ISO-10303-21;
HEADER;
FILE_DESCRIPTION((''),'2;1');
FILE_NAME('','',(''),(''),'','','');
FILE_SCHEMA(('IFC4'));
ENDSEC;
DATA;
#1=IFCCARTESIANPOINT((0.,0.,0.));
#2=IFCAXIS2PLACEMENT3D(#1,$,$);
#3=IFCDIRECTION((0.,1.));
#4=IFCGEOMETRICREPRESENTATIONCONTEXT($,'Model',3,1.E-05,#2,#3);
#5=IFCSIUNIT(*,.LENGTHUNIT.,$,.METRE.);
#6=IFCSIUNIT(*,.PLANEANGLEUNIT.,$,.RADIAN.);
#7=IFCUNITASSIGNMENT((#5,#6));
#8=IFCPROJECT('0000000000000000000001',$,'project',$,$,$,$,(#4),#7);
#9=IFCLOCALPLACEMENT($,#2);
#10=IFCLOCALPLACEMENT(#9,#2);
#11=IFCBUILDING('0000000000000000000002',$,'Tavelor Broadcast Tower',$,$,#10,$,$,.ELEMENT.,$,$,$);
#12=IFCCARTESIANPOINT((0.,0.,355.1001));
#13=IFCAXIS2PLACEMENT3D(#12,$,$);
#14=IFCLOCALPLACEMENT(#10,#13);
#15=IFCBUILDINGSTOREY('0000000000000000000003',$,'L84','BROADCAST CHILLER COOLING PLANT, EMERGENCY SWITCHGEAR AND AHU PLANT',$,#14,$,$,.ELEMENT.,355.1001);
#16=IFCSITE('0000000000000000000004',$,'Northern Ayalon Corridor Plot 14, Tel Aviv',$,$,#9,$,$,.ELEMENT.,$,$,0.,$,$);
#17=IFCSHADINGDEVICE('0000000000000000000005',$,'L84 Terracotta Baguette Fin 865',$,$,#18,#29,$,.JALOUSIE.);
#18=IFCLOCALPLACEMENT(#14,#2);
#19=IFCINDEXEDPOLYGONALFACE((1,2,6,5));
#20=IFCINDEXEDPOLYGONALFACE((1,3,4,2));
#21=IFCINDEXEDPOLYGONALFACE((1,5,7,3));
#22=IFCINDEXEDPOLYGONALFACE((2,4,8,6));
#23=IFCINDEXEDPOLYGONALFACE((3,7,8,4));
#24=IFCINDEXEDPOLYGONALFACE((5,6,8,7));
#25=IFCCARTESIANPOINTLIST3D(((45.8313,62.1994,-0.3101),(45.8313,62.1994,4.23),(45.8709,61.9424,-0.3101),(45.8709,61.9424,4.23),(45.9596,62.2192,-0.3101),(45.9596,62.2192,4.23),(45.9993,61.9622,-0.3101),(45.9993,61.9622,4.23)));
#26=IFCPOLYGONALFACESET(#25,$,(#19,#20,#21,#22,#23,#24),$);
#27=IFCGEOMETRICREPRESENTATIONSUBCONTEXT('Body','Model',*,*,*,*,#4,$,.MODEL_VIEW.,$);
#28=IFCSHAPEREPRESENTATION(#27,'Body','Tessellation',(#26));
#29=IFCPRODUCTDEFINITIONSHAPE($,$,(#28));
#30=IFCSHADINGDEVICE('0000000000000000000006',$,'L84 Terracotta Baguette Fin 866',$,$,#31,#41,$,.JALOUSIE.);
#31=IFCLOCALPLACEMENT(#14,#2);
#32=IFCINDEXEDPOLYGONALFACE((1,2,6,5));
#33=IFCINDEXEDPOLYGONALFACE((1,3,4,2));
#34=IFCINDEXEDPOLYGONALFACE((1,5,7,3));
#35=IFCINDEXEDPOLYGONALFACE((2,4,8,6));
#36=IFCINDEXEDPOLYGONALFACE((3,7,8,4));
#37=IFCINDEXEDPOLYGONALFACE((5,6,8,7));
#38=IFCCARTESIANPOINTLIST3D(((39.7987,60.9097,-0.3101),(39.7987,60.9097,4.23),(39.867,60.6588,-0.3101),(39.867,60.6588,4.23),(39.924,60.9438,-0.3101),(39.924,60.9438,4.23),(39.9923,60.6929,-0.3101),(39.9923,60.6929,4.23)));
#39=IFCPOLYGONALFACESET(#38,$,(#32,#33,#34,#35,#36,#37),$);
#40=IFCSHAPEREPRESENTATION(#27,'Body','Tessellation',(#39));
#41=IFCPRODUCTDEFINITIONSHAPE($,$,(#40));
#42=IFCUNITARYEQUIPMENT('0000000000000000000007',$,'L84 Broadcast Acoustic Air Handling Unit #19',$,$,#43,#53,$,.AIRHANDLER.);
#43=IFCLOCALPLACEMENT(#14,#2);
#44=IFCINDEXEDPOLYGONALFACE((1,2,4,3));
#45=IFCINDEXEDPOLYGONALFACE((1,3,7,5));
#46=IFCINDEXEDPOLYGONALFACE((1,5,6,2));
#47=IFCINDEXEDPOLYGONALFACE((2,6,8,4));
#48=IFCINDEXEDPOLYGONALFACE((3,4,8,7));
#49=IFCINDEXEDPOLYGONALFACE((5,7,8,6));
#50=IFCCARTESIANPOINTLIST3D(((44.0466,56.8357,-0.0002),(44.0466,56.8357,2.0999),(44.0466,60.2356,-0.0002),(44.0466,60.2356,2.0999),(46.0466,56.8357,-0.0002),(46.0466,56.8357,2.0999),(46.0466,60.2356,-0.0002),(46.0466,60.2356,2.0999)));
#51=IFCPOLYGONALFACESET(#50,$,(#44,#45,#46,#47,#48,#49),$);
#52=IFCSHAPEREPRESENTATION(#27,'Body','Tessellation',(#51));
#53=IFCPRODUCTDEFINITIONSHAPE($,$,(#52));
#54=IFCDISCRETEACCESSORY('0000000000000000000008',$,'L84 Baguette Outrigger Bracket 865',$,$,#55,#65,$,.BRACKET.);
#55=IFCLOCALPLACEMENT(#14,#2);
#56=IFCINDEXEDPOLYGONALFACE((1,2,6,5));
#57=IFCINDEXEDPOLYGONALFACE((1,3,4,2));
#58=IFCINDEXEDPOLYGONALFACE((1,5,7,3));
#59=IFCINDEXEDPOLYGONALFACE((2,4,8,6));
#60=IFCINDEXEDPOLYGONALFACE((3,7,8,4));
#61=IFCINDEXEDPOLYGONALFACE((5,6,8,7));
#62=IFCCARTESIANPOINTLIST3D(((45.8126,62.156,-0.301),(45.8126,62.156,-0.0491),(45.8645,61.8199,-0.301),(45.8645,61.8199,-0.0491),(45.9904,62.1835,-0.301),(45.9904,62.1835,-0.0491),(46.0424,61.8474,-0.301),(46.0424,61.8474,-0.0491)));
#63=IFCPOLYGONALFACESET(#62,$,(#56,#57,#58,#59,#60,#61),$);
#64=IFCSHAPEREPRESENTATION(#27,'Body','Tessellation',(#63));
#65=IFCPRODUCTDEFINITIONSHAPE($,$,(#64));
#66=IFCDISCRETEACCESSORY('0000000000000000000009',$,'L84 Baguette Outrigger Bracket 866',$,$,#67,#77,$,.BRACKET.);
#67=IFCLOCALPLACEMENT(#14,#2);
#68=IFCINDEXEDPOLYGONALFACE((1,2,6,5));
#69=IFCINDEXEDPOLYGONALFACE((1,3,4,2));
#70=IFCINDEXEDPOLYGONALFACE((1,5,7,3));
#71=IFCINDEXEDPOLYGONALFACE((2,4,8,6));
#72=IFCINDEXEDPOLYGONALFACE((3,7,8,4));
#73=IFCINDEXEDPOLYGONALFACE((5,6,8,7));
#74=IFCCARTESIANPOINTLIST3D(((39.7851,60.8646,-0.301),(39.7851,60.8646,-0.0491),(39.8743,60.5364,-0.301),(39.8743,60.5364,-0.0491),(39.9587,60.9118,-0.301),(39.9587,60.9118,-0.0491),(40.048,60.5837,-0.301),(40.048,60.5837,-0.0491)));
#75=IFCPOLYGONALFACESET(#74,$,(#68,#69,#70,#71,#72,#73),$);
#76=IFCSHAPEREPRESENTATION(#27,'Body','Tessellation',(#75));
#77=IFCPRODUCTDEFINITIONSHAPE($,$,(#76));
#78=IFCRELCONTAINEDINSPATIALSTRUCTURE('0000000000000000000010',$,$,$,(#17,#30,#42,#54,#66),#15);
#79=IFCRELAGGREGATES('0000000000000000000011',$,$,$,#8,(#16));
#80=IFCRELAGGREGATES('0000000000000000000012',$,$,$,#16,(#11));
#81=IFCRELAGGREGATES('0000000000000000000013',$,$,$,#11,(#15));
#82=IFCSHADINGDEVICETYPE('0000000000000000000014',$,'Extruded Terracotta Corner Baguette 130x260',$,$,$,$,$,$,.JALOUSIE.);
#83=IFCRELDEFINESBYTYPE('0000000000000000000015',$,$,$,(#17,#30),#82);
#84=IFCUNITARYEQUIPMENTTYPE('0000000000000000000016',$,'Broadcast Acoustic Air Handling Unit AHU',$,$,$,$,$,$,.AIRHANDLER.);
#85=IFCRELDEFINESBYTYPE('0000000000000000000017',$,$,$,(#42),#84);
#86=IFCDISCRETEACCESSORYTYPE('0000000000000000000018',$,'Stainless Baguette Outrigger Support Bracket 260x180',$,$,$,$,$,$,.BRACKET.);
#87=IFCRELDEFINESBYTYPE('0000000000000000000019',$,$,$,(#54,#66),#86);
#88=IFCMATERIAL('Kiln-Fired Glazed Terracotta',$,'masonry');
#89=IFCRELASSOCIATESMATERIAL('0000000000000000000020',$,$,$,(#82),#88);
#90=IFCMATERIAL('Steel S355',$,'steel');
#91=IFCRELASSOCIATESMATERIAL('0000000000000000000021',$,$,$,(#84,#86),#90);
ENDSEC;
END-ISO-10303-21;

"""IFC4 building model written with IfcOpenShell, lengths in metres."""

from ifc_helpers import new_model, si_unit, direction, frame, origin, origin_2d, place, context, subcontext, project, spatial, rectangle, extrude, source, transform, mapped, material, type_object, type_shapes, element, save


model = new_model("IFC4")

# Units and contexts
model_context = context("Model", 3, precision=1e-05, world=origin(), true_north=direction((0.0, 1.0)))
body_context = subcontext(model_context, "Body", "Model", "MODEL_VIEW")
ifc_project = project(units=[si_unit("LENGTHUNIT", "METRE"), si_unit("PLANEANGLEUNIT", "RADIAN")], contexts=[model_context])

# Site, building, storey
site_placement = place(None, origin())
site = spatial("IfcSite", under=ifc_project, at=site_placement, Name="Northern Ayalon Corridor Plot 14, Tel Aviv", CompositionType="ELEMENT", RefElevation=0.0)
building_placement = place(site_placement, origin())
building = spatial("IfcBuilding", under=site, at=building_placement, Name="Tavelor Broadcast Tower", CompositionType="ELEMENT")
storey_placement = place(building_placement, frame((0.0, 0.0, 355.1001)))
storey = spatial("IfcBuildingStorey", under=building, at=storey_placement, Name="L84", Description="BROADCAST CHILLER COOLING PLANT, EMERGENCY SWITCHGEAR AND AHU PLANT", CompositionType="ELEMENT", Elevation=355.1001)

# Shared definitions
ifc_material_1 = material(Name="Steel S355", Category="steel")

# Shading devices
ifc_material_2 = material(Name="Kiln-Fired Glazed Terracotta", Category="masonry")
shading_device_type = type_object("IfcShadingDeviceType", Name="Extruded Terracotta Corner Baguette 130x260", PredefinedType="JALOUSIE", material=ifc_material_2)
shared_shape_1 = source(origin(), body_context, "Body", "SweptSolid", [
    extrude(rectangle(XDim=0.1299, YDim=0.26, at=origin_2d()), origin(), (0.0, 0.0, 1.0), 4.54),
])
type_shapes(shading_device_type, [shared_shape_1])
for number, where, z_axis, x_axis, name in (
    (1, (45.9153, 62.0808, -0.3101), (0.0, 0.0, 1.0), (-0.988282, -0.152641, 0.0), "L84 Terracotta Baguette Fin 865"),
    (2, (39.8955, 60.8013, -0.3101), (0.0, 0.0, 1.0), (-0.964925, -0.262526, 0.0), "L84 Terracotta Baguette Fin 866"),
):
    element("IfcShadingDevice", number, at=place(storey_placement, frame(where, z_axis=z_axis, x_axis=x_axis)), inside=storey, type_object=shading_device_type, Name=name, PredefinedType="JALOUSIE", context=body_context, shape_type="MappedRepresentation", body=[
        mapped(shared_shape_1, transform((0.0, 0.0, 0.0), scale=1.0)),
    ])

# Unitary equipment
unitary_equipment_type = type_object("IfcUnitaryEquipmentType", Name="Broadcast Acoustic Air Handling Unit AHU", PredefinedType="AIRHANDLER", material=ifc_material_1)
unitary_equipment_placement = place(storey_placement, frame((45.0466, 58.5356, -0.0002), z_axis=(0.0, 0.0, 1.0), x_axis=(1.0, 0.0, 0.0)))
element("IfcUnitaryEquipment", 3, at=unitary_equipment_placement, inside=storey, type_object=unitary_equipment_type, Name="L84 Broadcast Acoustic Air Handling Unit #19", PredefinedType="AIRHANDLER", context=body_context, shape_type="SweptSolid", body=[
    extrude(rectangle(XDim=2.0, YDim=3.3999, at=origin_2d()), origin(), (0.0, 0.0, 1.0), 2.1001),
])

# Discrete accessories
discrete_accessory_type = type_object("IfcDiscreteAccessoryType", Name="Stainless Baguette Outrigger Support Bracket 260x180", PredefinedType="BRACKET", material=ifc_material_1)
shared_shape_2 = source(origin(), body_context, "Body", "SweptSolid", [
    extrude(rectangle(XDim=0.1799, YDim=0.3401, at=origin_2d()), origin(), (0.0, 0.0, 1.0), 0.252),
])
type_shapes(discrete_accessory_type, [shared_shape_2])
for number, where, z_axis, x_axis, name in (
    (4, (45.9275, 62.0017, -0.301), (0.0, 0.0, 1.0), (-0.988282, -0.152641, 0.0), "L84 Baguette Outrigger Bracket 865"),
    (5, (39.9165, 60.7241, -0.301), (0.0, 0.0, 1.0), (-0.964925, -0.262526, 0.0), "L84 Baguette Outrigger Bracket 866"),
):
    element("IfcDiscreteAccessory", number, at=place(storey_placement, frame(where, z_axis=z_axis, x_axis=x_axis)), inside=storey, type_object=discrete_accessory_type, Name=name, PredefinedType="BRACKET", context=body_context, shape_type="MappedRepresentation", body=[
        mapped(shared_shape_2, transform((0.0, 0.0, 0.0), scale=1.0)),
    ])

save(model, "model.ifc")
